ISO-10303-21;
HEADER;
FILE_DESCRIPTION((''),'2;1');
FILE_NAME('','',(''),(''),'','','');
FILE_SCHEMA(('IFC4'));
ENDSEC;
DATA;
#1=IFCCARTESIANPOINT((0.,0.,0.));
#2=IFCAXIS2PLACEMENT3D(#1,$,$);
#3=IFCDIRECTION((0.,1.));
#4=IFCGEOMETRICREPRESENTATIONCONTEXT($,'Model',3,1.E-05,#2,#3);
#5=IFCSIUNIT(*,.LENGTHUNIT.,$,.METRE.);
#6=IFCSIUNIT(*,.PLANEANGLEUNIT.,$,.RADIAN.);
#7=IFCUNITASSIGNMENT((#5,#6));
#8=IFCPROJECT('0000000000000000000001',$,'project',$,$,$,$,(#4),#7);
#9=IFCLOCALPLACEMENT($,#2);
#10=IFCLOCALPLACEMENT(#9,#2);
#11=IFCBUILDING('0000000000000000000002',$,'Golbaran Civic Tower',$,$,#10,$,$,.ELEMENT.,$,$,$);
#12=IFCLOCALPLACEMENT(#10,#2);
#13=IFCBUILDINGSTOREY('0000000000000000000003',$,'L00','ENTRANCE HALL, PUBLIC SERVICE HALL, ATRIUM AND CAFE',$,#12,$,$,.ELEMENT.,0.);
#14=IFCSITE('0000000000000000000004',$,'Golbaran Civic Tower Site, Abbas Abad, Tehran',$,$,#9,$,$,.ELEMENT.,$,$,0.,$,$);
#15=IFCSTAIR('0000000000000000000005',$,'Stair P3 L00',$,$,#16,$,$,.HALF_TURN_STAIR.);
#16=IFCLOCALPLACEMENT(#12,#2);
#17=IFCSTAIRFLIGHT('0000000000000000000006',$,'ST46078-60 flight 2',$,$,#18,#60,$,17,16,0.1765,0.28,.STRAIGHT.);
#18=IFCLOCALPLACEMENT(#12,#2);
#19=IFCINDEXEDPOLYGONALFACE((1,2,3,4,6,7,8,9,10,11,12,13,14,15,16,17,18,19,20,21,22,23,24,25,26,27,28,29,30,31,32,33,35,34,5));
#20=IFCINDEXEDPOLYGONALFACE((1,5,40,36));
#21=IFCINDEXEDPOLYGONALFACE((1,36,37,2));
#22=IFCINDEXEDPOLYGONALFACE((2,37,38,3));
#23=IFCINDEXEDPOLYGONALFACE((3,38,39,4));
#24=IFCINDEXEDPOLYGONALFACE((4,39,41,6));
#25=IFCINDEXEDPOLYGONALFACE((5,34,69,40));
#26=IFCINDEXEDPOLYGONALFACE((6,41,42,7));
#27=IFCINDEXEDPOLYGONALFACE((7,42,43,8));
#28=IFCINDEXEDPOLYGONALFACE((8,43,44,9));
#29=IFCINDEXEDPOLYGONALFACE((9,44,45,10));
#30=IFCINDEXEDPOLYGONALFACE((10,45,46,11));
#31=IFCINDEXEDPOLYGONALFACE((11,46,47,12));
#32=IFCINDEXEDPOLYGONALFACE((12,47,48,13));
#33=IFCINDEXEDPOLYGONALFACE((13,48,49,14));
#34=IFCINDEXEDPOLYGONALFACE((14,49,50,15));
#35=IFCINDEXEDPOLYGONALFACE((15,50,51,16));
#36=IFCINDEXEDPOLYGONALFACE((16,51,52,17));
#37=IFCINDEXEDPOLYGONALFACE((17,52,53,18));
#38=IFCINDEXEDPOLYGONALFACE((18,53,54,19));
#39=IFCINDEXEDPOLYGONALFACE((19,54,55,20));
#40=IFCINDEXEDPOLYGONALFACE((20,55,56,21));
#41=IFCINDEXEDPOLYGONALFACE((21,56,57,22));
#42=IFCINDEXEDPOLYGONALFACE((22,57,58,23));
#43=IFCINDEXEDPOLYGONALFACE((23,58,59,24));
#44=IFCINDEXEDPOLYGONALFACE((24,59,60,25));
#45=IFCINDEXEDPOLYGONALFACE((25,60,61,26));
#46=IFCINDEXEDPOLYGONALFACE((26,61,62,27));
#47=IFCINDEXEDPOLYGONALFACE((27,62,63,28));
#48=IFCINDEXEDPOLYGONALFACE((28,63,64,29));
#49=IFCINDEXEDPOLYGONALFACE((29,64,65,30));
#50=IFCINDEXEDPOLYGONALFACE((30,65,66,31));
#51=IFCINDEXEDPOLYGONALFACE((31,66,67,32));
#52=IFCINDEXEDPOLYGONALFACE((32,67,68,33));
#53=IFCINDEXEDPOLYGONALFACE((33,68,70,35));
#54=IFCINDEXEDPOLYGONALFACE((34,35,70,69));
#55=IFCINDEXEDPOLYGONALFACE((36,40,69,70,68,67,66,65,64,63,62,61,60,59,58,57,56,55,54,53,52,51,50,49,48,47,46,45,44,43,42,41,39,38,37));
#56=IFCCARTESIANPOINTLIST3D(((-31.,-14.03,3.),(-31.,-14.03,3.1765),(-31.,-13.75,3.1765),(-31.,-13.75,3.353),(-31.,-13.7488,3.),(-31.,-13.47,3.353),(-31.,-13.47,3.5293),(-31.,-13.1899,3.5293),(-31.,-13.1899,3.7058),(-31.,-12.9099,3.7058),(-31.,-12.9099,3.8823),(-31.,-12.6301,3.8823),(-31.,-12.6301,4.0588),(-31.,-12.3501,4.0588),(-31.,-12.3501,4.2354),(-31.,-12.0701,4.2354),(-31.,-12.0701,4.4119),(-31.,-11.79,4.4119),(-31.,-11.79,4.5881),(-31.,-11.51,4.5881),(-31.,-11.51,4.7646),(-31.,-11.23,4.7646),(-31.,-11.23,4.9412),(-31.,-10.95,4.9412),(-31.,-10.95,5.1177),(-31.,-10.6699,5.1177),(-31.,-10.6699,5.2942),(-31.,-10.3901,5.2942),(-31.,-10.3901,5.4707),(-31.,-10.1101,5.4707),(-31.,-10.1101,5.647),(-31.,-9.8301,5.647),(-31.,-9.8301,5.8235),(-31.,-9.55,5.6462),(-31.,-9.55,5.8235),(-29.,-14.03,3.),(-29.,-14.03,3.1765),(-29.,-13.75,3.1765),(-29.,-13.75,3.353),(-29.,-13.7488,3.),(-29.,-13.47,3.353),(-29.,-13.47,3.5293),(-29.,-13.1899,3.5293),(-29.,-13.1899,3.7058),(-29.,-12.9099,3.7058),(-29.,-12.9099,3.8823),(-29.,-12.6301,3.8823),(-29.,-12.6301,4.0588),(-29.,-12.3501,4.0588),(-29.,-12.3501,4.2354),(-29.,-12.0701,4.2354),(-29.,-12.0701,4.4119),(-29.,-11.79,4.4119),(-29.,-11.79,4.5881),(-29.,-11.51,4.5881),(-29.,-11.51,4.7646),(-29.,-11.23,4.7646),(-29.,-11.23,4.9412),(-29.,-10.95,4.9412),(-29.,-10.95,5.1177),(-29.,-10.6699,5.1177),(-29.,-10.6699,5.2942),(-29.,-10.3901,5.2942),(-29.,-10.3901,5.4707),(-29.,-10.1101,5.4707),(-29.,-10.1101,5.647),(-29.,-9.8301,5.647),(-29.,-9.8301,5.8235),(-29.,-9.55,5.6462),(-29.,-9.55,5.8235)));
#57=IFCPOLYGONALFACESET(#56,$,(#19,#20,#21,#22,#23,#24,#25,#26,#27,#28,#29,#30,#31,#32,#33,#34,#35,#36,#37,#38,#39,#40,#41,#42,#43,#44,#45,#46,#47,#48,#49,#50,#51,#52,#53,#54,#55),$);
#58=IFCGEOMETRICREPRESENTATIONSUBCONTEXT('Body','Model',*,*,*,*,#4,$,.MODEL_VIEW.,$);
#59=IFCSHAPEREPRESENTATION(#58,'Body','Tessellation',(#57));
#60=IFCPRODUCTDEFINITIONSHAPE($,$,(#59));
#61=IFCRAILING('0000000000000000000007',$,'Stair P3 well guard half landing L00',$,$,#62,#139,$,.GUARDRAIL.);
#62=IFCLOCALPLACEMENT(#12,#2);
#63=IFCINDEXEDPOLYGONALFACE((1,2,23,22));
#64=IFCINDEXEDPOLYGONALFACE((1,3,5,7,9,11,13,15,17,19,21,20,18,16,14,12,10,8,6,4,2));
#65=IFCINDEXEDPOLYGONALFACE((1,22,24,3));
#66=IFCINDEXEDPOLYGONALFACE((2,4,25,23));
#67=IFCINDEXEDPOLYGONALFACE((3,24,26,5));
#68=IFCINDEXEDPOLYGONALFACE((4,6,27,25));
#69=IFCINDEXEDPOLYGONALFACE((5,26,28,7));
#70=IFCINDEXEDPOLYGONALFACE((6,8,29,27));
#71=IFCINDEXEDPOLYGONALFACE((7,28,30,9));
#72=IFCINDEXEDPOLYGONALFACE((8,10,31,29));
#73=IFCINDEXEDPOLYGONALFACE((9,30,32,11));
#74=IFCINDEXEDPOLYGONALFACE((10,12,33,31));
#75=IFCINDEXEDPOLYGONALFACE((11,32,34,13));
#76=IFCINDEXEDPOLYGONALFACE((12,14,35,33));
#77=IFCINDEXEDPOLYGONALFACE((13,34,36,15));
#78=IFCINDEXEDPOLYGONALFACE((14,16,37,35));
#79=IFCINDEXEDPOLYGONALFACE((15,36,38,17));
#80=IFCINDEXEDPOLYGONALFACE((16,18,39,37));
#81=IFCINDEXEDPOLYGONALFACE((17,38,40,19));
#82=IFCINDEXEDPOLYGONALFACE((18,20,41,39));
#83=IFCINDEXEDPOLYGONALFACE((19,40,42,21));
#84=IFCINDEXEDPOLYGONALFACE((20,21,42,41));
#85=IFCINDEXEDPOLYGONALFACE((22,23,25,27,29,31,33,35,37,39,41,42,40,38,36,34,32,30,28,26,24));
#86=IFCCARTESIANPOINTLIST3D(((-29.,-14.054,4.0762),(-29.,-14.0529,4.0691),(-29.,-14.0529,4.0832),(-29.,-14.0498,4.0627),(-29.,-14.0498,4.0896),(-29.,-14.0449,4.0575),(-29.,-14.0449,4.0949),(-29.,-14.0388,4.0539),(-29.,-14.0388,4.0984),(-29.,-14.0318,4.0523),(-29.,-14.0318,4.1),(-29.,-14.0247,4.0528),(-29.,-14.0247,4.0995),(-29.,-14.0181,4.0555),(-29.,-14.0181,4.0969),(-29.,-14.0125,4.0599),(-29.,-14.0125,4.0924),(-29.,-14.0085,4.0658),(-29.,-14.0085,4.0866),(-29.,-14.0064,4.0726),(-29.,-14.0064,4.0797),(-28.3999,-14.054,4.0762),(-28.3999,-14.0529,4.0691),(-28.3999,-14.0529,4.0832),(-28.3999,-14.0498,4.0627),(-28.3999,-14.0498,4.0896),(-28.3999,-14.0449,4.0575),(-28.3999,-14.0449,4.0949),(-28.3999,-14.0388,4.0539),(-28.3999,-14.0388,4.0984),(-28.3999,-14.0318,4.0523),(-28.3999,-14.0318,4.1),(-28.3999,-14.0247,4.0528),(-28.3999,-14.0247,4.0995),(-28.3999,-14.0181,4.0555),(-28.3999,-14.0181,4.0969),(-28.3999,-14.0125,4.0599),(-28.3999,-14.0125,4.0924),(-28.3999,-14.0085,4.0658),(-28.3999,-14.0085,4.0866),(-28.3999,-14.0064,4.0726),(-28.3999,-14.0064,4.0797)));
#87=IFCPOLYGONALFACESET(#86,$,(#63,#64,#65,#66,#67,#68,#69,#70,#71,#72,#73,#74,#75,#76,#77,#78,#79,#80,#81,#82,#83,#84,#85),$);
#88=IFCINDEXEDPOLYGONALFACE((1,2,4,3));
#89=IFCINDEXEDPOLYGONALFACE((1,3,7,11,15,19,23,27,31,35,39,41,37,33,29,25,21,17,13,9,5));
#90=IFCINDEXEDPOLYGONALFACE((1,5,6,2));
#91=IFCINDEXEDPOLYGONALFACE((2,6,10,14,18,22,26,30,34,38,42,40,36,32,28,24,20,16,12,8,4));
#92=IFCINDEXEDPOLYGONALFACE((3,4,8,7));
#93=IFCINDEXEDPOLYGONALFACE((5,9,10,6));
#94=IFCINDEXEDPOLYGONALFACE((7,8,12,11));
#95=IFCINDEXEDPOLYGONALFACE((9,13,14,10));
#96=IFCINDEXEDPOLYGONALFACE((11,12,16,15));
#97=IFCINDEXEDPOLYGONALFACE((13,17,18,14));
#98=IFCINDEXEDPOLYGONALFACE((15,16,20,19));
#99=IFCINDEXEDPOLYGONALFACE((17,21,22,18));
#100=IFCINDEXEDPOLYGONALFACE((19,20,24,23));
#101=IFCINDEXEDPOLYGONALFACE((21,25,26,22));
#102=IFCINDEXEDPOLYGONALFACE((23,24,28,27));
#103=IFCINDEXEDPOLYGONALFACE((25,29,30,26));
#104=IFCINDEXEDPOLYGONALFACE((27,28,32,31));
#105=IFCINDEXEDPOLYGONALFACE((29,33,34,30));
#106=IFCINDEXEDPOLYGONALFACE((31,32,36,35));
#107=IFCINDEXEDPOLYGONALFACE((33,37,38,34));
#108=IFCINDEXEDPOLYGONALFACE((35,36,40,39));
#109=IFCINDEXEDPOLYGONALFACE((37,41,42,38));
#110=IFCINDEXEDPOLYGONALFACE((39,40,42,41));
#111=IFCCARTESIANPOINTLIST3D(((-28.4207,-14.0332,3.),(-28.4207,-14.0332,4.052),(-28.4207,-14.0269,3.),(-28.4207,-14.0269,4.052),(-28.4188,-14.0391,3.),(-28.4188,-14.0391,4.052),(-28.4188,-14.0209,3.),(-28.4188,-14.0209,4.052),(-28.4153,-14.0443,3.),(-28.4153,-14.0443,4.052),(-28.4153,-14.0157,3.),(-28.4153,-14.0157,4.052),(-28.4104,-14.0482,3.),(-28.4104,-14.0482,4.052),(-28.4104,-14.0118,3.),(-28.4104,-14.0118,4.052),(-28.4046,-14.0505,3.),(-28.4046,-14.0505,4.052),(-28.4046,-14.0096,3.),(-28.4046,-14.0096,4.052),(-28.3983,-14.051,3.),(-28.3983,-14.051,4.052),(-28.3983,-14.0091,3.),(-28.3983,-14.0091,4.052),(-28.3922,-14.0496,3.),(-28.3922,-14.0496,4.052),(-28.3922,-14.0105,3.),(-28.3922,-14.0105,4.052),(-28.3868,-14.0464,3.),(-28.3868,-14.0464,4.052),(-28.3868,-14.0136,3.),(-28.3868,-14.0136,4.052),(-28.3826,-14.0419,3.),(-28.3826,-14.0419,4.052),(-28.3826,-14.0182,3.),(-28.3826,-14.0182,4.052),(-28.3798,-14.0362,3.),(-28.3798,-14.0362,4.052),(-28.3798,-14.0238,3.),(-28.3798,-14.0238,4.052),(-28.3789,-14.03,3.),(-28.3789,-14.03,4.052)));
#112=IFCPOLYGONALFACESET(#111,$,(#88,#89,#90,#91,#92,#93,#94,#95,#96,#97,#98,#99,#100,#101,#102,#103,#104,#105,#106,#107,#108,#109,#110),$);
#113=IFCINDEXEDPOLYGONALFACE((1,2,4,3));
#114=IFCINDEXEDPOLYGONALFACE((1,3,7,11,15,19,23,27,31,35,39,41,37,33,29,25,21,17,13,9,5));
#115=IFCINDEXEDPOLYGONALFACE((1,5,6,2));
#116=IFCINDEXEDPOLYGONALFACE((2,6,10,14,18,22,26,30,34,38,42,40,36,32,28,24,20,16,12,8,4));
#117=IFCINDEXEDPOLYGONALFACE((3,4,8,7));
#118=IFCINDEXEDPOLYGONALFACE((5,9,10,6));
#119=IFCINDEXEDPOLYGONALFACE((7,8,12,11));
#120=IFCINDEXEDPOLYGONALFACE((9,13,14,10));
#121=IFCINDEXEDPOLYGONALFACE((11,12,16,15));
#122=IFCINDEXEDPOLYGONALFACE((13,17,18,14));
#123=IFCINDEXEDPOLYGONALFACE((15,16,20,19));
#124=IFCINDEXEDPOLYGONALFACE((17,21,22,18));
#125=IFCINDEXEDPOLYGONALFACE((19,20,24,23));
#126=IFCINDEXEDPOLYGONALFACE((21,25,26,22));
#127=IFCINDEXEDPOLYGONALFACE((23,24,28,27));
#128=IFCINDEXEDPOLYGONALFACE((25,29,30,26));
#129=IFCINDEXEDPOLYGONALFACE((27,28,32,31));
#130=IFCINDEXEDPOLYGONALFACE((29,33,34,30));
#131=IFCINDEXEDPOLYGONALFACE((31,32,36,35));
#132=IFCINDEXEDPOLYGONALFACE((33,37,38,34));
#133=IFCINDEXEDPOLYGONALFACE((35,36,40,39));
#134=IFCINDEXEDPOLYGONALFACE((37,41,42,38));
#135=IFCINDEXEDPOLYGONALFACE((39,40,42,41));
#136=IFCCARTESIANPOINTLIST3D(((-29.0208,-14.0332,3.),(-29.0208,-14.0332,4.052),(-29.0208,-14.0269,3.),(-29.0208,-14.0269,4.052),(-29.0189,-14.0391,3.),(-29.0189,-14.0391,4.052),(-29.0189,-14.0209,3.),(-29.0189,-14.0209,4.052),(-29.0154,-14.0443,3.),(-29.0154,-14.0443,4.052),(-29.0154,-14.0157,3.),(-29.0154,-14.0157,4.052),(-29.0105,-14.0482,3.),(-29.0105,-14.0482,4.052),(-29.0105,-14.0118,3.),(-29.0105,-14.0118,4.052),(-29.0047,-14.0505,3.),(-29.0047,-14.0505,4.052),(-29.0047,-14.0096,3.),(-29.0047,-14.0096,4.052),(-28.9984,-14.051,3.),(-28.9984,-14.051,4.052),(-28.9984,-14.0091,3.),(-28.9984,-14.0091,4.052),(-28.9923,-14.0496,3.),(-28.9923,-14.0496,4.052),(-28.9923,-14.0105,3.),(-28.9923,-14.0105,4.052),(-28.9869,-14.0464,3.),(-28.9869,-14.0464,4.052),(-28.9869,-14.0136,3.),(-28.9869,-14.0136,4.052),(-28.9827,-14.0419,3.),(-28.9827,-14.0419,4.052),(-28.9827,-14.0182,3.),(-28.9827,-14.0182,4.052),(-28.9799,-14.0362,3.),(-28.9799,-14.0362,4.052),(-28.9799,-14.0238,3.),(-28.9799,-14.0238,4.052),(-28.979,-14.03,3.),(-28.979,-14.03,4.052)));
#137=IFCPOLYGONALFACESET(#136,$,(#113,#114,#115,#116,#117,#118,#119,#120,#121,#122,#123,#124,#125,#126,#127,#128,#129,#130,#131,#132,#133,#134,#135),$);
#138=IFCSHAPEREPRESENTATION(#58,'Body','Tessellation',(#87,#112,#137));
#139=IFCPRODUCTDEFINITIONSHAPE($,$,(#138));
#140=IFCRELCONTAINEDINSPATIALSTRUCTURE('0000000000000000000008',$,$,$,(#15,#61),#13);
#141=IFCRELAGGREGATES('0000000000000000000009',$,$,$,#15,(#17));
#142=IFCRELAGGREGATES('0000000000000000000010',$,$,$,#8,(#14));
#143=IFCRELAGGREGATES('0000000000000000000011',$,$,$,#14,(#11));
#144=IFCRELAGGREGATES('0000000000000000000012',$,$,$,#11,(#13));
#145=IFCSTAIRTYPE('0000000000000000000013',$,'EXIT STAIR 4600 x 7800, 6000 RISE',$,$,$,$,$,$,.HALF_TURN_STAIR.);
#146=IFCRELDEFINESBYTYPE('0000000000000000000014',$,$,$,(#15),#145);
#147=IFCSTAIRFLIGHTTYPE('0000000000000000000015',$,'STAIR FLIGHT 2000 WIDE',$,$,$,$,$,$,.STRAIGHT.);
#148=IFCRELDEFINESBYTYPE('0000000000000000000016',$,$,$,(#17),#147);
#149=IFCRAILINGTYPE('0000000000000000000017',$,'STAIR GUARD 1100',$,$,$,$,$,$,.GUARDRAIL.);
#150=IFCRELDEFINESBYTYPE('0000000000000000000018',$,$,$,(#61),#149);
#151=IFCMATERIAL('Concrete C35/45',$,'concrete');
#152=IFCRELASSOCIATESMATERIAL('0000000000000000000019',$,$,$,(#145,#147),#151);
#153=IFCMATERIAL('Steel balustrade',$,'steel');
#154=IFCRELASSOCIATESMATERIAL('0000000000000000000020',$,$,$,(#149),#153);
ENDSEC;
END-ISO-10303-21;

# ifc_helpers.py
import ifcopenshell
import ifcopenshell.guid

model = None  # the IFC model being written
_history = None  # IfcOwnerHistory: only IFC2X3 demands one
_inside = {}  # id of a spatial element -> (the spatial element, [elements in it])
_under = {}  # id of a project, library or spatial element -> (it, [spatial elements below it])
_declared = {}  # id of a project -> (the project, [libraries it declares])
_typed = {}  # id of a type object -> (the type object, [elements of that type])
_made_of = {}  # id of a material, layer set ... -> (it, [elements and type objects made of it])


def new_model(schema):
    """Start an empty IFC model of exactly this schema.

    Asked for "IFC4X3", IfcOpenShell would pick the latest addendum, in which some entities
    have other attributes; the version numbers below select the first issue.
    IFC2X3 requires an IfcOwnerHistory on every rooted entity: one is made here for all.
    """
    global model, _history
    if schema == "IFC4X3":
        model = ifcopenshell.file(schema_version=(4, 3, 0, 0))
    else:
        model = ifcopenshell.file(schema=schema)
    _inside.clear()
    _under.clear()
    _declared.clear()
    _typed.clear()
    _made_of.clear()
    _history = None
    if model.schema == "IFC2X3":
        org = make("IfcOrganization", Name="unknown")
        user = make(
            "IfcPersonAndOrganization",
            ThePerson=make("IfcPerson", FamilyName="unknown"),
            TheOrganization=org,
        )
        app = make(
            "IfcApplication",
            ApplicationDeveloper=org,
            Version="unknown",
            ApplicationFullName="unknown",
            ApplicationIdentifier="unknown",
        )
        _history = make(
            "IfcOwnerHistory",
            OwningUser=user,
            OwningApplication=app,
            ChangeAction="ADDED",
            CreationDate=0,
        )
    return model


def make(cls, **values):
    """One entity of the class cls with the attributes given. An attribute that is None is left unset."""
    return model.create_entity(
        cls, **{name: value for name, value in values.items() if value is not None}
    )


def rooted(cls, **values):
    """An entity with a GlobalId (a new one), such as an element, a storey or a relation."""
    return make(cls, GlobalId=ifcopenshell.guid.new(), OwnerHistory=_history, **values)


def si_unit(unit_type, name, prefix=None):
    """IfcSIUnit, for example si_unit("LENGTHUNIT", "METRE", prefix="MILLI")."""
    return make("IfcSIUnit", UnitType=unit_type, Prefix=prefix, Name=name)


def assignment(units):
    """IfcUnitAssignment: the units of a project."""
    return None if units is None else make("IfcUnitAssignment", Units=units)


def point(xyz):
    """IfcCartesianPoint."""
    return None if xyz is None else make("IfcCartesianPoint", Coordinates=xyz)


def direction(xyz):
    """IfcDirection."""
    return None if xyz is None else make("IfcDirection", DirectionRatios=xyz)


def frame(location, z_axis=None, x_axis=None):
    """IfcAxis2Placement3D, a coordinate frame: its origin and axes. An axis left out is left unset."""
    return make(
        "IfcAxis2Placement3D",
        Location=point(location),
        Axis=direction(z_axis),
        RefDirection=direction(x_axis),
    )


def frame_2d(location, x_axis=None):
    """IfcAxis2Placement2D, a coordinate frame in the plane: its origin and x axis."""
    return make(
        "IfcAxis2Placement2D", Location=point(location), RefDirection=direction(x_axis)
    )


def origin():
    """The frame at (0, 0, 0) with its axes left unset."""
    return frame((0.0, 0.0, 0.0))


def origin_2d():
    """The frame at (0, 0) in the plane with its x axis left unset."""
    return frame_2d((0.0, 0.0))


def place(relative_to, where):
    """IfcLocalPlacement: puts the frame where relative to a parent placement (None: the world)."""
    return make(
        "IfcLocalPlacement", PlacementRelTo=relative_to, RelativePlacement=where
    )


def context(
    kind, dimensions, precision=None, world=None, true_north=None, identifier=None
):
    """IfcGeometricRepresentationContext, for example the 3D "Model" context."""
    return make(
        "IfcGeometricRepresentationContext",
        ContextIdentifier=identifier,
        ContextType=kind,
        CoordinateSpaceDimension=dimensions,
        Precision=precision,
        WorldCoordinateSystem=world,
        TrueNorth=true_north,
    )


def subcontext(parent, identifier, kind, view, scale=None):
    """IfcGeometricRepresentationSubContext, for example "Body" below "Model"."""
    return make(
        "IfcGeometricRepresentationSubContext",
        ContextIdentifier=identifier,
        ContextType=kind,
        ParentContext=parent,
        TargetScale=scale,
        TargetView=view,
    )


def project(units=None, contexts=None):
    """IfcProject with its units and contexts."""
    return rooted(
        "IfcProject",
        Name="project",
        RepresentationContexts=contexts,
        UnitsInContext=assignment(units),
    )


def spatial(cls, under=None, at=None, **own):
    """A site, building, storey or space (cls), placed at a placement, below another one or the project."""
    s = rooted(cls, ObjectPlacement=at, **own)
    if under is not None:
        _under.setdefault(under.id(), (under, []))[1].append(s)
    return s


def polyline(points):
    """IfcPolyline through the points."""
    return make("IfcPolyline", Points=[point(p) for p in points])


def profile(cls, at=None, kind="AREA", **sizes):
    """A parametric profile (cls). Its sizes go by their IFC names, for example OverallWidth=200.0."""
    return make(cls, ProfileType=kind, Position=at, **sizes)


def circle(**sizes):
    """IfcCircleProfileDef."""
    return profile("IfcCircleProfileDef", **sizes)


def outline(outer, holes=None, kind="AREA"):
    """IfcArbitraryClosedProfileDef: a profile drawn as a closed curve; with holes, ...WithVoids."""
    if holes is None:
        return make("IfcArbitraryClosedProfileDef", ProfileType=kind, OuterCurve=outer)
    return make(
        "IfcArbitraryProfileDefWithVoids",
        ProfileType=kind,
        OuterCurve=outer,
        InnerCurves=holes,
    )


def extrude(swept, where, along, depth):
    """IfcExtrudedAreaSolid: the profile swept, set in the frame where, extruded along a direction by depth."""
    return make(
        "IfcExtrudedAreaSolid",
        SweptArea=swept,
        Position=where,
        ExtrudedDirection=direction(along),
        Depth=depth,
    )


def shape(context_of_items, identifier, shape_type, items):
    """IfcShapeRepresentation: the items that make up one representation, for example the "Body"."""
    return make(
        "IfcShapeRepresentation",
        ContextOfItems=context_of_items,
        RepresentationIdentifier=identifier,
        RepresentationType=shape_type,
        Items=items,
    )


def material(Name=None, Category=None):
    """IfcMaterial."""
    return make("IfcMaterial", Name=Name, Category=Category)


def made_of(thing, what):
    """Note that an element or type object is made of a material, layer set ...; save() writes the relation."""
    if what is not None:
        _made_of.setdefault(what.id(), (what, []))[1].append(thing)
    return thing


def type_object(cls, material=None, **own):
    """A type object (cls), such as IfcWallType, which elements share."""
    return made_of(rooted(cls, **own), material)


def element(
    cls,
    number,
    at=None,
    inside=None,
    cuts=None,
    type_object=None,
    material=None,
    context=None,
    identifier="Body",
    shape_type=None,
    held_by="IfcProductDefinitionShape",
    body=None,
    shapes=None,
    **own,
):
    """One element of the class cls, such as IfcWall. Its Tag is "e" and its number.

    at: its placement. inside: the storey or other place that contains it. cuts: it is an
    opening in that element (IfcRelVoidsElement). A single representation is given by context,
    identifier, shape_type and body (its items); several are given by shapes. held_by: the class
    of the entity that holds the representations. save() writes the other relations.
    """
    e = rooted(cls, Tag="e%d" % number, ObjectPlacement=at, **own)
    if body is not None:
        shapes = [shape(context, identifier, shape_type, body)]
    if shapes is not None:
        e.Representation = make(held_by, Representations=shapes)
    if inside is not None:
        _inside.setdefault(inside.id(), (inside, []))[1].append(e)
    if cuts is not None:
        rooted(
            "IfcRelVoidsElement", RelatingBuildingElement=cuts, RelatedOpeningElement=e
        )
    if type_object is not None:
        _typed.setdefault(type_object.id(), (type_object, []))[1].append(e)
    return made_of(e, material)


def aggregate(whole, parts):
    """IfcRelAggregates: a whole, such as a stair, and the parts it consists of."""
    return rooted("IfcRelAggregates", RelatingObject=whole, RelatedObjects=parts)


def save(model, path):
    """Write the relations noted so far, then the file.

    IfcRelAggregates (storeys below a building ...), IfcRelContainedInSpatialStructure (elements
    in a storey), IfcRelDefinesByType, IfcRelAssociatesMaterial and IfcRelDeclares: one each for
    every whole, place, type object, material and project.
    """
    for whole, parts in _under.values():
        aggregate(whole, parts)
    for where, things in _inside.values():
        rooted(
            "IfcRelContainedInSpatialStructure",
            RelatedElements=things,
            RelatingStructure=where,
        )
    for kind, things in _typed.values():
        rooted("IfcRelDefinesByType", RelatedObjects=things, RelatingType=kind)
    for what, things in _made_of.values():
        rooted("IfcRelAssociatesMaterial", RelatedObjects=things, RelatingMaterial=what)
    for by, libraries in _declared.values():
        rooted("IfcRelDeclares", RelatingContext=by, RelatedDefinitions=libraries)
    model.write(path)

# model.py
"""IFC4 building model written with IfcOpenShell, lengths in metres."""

from ifc_helpers import new_model, si_unit, direction, frame, origin, origin_2d, place, context, subcontext, project, spatial, polyline, circle, outline, extrude, material, type_object, element, aggregate, save


model = new_model("IFC4")

# Units and contexts
model_context = context("Model", 3, precision=1e-05, world=origin(), true_north=direction((0.0, 1.0)))
body_context = subcontext(model_context, "Body", "Model", "MODEL_VIEW")
ifc_project = project(units=[si_unit("LENGTHUNIT", "METRE"), si_unit("PLANEANGLEUNIT", "RADIAN")], contexts=[model_context])

# Site, building, storey
site_placement = place(None, origin())
site = spatial("IfcSite", under=ifc_project, at=site_placement, Name="Golbaran Civic Tower Site, Abbas Abad, Tehran", CompositionType="ELEMENT", RefElevation=0.0)
building_placement = place(site_placement, origin())
building = spatial("IfcBuilding", under=site, at=building_placement, Name="Golbaran Civic Tower", CompositionType="ELEMENT")
storey_placement = place(building_placement, origin())
storey = spatial("IfcBuildingStorey", under=building, at=storey_placement, Name="L00", Description="ENTRANCE HALL, PUBLIC SERVICE HALL, ATRIUM AND CAFE", CompositionType="ELEMENT", Elevation=0.0)

# Stair, stair flight
ifc_material_1 = material(Name="Concrete C35/45", Category="concrete")
stair_type = type_object("IfcStairType", Name="EXIT STAIR 4600 x 7800, 6000 RISE", PredefinedType="HALF_TURN_STAIR", material=ifc_material_1)
stair_placement = place(storey_placement, origin())
stair = element("IfcStair", 1, at=stair_placement, inside=storey, type_object=stair_type, Name="Stair P3 L00", PredefinedType="HALF_TURN_STAIR")
stair_flight_type = type_object("IfcStairFlightType", Name="STAIR FLIGHT 2000 WIDE", PredefinedType="STRAIGHT", material=ifc_material_1)
stair_flight_1_placement = place(storey_placement, frame((-30.0, -14.03, 3.0), z_axis=(0.0, 0.0, 1.0), x_axis=(0.0, 1.0, 0.0)))
stair_flight_1 = element("IfcStairFlight", 2, at=stair_flight_1_placement, type_object=stair_flight_type, Name="ST46078-60 flight 2", NumberOfRisers=17, NumberOfTreads=16, PredefinedType="STRAIGHT", RiserHeight=0.1765, TreadLength=0.28, context=body_context, shape_type="SweptSolid", body=[
    extrude(outline(polyline([(0.0, 0.0), (0.0, 0.1765), (0.28, 0.1765), (0.28, 0.353), (0.5601, 0.353), (0.5601, 0.5293), (0.8401, 0.5293), (0.8401, 0.7058), (1.1201, 0.7058), (1.1201, 0.8823), (1.3999, 0.8823), (1.3999, 1.0588), (1.6799, 1.0588), (1.6799, 1.2354), (1.96, 1.2354), (1.96, 1.4119), (2.24, 1.4119), (2.24, 1.5881), (2.52, 1.5881), (2.52, 1.7646), (2.8, 1.7646), (2.8, 1.9412), (3.0801, 1.9412), (3.0801, 2.1177), (3.3601, 2.1177), (3.3601, 2.2942), (3.6399, 2.2942), (3.6399, 2.4707), (3.9199, 2.4707), (3.9199, 2.647), (4.2, 2.647), (4.2, 2.8235), (4.48, 2.8235), (4.48, 3.0), (4.48, 2.6462), (0.2812, 0.0), (0.0, 0.0)])), frame((0.0, 1.0, 0.0), z_axis=(0.0, -1.0, 0.0), x_axis=(1.0, 0.0, 0.0)), (0.0, 0.0, 1.0), 2.0),
])
aggregate(stair, [stair_flight_1])

# Railing
ifc_material_2 = material(Name="Steel balustrade", Category="steel")
railing_type_1 = type_object("IfcRailingType", Name="STAIR GUARD 1100", PredefinedType="GUARDRAIL", material=ifc_material_2)
railing_1_placement = place(storey_placement, frame((-28.3999, -14.03, 3.0)))
element("IfcRailing", 3, at=railing_1_placement, inside=storey, type_object=railing_type_1, Name="Stair P3 well guard half landing L00", PredefinedType="GUARDRAIL", context=body_context, shape_type="SweptSolid", body=[
    extrude(circle(Radius=0.0239, at=origin_2d()), frame((0.0, 0.0, 1.0762), z_axis=(-1.0, 0.0, 0.0), x_axis=(0.0, -1.0, 0.0)), (0.0, 0.0, 1.0), 0.6001),
    extrude(circle(Radius=0.021, at=origin_2d()), origin(), (0.0, 0.0, 1.0), 1.052),
    extrude(circle(Radius=0.021, at=origin_2d()), frame((-0.6001, 0.0, 0.0)), (0.0, 0.0, 1.0), 1.052),
])

save(model, "model.ifc")
